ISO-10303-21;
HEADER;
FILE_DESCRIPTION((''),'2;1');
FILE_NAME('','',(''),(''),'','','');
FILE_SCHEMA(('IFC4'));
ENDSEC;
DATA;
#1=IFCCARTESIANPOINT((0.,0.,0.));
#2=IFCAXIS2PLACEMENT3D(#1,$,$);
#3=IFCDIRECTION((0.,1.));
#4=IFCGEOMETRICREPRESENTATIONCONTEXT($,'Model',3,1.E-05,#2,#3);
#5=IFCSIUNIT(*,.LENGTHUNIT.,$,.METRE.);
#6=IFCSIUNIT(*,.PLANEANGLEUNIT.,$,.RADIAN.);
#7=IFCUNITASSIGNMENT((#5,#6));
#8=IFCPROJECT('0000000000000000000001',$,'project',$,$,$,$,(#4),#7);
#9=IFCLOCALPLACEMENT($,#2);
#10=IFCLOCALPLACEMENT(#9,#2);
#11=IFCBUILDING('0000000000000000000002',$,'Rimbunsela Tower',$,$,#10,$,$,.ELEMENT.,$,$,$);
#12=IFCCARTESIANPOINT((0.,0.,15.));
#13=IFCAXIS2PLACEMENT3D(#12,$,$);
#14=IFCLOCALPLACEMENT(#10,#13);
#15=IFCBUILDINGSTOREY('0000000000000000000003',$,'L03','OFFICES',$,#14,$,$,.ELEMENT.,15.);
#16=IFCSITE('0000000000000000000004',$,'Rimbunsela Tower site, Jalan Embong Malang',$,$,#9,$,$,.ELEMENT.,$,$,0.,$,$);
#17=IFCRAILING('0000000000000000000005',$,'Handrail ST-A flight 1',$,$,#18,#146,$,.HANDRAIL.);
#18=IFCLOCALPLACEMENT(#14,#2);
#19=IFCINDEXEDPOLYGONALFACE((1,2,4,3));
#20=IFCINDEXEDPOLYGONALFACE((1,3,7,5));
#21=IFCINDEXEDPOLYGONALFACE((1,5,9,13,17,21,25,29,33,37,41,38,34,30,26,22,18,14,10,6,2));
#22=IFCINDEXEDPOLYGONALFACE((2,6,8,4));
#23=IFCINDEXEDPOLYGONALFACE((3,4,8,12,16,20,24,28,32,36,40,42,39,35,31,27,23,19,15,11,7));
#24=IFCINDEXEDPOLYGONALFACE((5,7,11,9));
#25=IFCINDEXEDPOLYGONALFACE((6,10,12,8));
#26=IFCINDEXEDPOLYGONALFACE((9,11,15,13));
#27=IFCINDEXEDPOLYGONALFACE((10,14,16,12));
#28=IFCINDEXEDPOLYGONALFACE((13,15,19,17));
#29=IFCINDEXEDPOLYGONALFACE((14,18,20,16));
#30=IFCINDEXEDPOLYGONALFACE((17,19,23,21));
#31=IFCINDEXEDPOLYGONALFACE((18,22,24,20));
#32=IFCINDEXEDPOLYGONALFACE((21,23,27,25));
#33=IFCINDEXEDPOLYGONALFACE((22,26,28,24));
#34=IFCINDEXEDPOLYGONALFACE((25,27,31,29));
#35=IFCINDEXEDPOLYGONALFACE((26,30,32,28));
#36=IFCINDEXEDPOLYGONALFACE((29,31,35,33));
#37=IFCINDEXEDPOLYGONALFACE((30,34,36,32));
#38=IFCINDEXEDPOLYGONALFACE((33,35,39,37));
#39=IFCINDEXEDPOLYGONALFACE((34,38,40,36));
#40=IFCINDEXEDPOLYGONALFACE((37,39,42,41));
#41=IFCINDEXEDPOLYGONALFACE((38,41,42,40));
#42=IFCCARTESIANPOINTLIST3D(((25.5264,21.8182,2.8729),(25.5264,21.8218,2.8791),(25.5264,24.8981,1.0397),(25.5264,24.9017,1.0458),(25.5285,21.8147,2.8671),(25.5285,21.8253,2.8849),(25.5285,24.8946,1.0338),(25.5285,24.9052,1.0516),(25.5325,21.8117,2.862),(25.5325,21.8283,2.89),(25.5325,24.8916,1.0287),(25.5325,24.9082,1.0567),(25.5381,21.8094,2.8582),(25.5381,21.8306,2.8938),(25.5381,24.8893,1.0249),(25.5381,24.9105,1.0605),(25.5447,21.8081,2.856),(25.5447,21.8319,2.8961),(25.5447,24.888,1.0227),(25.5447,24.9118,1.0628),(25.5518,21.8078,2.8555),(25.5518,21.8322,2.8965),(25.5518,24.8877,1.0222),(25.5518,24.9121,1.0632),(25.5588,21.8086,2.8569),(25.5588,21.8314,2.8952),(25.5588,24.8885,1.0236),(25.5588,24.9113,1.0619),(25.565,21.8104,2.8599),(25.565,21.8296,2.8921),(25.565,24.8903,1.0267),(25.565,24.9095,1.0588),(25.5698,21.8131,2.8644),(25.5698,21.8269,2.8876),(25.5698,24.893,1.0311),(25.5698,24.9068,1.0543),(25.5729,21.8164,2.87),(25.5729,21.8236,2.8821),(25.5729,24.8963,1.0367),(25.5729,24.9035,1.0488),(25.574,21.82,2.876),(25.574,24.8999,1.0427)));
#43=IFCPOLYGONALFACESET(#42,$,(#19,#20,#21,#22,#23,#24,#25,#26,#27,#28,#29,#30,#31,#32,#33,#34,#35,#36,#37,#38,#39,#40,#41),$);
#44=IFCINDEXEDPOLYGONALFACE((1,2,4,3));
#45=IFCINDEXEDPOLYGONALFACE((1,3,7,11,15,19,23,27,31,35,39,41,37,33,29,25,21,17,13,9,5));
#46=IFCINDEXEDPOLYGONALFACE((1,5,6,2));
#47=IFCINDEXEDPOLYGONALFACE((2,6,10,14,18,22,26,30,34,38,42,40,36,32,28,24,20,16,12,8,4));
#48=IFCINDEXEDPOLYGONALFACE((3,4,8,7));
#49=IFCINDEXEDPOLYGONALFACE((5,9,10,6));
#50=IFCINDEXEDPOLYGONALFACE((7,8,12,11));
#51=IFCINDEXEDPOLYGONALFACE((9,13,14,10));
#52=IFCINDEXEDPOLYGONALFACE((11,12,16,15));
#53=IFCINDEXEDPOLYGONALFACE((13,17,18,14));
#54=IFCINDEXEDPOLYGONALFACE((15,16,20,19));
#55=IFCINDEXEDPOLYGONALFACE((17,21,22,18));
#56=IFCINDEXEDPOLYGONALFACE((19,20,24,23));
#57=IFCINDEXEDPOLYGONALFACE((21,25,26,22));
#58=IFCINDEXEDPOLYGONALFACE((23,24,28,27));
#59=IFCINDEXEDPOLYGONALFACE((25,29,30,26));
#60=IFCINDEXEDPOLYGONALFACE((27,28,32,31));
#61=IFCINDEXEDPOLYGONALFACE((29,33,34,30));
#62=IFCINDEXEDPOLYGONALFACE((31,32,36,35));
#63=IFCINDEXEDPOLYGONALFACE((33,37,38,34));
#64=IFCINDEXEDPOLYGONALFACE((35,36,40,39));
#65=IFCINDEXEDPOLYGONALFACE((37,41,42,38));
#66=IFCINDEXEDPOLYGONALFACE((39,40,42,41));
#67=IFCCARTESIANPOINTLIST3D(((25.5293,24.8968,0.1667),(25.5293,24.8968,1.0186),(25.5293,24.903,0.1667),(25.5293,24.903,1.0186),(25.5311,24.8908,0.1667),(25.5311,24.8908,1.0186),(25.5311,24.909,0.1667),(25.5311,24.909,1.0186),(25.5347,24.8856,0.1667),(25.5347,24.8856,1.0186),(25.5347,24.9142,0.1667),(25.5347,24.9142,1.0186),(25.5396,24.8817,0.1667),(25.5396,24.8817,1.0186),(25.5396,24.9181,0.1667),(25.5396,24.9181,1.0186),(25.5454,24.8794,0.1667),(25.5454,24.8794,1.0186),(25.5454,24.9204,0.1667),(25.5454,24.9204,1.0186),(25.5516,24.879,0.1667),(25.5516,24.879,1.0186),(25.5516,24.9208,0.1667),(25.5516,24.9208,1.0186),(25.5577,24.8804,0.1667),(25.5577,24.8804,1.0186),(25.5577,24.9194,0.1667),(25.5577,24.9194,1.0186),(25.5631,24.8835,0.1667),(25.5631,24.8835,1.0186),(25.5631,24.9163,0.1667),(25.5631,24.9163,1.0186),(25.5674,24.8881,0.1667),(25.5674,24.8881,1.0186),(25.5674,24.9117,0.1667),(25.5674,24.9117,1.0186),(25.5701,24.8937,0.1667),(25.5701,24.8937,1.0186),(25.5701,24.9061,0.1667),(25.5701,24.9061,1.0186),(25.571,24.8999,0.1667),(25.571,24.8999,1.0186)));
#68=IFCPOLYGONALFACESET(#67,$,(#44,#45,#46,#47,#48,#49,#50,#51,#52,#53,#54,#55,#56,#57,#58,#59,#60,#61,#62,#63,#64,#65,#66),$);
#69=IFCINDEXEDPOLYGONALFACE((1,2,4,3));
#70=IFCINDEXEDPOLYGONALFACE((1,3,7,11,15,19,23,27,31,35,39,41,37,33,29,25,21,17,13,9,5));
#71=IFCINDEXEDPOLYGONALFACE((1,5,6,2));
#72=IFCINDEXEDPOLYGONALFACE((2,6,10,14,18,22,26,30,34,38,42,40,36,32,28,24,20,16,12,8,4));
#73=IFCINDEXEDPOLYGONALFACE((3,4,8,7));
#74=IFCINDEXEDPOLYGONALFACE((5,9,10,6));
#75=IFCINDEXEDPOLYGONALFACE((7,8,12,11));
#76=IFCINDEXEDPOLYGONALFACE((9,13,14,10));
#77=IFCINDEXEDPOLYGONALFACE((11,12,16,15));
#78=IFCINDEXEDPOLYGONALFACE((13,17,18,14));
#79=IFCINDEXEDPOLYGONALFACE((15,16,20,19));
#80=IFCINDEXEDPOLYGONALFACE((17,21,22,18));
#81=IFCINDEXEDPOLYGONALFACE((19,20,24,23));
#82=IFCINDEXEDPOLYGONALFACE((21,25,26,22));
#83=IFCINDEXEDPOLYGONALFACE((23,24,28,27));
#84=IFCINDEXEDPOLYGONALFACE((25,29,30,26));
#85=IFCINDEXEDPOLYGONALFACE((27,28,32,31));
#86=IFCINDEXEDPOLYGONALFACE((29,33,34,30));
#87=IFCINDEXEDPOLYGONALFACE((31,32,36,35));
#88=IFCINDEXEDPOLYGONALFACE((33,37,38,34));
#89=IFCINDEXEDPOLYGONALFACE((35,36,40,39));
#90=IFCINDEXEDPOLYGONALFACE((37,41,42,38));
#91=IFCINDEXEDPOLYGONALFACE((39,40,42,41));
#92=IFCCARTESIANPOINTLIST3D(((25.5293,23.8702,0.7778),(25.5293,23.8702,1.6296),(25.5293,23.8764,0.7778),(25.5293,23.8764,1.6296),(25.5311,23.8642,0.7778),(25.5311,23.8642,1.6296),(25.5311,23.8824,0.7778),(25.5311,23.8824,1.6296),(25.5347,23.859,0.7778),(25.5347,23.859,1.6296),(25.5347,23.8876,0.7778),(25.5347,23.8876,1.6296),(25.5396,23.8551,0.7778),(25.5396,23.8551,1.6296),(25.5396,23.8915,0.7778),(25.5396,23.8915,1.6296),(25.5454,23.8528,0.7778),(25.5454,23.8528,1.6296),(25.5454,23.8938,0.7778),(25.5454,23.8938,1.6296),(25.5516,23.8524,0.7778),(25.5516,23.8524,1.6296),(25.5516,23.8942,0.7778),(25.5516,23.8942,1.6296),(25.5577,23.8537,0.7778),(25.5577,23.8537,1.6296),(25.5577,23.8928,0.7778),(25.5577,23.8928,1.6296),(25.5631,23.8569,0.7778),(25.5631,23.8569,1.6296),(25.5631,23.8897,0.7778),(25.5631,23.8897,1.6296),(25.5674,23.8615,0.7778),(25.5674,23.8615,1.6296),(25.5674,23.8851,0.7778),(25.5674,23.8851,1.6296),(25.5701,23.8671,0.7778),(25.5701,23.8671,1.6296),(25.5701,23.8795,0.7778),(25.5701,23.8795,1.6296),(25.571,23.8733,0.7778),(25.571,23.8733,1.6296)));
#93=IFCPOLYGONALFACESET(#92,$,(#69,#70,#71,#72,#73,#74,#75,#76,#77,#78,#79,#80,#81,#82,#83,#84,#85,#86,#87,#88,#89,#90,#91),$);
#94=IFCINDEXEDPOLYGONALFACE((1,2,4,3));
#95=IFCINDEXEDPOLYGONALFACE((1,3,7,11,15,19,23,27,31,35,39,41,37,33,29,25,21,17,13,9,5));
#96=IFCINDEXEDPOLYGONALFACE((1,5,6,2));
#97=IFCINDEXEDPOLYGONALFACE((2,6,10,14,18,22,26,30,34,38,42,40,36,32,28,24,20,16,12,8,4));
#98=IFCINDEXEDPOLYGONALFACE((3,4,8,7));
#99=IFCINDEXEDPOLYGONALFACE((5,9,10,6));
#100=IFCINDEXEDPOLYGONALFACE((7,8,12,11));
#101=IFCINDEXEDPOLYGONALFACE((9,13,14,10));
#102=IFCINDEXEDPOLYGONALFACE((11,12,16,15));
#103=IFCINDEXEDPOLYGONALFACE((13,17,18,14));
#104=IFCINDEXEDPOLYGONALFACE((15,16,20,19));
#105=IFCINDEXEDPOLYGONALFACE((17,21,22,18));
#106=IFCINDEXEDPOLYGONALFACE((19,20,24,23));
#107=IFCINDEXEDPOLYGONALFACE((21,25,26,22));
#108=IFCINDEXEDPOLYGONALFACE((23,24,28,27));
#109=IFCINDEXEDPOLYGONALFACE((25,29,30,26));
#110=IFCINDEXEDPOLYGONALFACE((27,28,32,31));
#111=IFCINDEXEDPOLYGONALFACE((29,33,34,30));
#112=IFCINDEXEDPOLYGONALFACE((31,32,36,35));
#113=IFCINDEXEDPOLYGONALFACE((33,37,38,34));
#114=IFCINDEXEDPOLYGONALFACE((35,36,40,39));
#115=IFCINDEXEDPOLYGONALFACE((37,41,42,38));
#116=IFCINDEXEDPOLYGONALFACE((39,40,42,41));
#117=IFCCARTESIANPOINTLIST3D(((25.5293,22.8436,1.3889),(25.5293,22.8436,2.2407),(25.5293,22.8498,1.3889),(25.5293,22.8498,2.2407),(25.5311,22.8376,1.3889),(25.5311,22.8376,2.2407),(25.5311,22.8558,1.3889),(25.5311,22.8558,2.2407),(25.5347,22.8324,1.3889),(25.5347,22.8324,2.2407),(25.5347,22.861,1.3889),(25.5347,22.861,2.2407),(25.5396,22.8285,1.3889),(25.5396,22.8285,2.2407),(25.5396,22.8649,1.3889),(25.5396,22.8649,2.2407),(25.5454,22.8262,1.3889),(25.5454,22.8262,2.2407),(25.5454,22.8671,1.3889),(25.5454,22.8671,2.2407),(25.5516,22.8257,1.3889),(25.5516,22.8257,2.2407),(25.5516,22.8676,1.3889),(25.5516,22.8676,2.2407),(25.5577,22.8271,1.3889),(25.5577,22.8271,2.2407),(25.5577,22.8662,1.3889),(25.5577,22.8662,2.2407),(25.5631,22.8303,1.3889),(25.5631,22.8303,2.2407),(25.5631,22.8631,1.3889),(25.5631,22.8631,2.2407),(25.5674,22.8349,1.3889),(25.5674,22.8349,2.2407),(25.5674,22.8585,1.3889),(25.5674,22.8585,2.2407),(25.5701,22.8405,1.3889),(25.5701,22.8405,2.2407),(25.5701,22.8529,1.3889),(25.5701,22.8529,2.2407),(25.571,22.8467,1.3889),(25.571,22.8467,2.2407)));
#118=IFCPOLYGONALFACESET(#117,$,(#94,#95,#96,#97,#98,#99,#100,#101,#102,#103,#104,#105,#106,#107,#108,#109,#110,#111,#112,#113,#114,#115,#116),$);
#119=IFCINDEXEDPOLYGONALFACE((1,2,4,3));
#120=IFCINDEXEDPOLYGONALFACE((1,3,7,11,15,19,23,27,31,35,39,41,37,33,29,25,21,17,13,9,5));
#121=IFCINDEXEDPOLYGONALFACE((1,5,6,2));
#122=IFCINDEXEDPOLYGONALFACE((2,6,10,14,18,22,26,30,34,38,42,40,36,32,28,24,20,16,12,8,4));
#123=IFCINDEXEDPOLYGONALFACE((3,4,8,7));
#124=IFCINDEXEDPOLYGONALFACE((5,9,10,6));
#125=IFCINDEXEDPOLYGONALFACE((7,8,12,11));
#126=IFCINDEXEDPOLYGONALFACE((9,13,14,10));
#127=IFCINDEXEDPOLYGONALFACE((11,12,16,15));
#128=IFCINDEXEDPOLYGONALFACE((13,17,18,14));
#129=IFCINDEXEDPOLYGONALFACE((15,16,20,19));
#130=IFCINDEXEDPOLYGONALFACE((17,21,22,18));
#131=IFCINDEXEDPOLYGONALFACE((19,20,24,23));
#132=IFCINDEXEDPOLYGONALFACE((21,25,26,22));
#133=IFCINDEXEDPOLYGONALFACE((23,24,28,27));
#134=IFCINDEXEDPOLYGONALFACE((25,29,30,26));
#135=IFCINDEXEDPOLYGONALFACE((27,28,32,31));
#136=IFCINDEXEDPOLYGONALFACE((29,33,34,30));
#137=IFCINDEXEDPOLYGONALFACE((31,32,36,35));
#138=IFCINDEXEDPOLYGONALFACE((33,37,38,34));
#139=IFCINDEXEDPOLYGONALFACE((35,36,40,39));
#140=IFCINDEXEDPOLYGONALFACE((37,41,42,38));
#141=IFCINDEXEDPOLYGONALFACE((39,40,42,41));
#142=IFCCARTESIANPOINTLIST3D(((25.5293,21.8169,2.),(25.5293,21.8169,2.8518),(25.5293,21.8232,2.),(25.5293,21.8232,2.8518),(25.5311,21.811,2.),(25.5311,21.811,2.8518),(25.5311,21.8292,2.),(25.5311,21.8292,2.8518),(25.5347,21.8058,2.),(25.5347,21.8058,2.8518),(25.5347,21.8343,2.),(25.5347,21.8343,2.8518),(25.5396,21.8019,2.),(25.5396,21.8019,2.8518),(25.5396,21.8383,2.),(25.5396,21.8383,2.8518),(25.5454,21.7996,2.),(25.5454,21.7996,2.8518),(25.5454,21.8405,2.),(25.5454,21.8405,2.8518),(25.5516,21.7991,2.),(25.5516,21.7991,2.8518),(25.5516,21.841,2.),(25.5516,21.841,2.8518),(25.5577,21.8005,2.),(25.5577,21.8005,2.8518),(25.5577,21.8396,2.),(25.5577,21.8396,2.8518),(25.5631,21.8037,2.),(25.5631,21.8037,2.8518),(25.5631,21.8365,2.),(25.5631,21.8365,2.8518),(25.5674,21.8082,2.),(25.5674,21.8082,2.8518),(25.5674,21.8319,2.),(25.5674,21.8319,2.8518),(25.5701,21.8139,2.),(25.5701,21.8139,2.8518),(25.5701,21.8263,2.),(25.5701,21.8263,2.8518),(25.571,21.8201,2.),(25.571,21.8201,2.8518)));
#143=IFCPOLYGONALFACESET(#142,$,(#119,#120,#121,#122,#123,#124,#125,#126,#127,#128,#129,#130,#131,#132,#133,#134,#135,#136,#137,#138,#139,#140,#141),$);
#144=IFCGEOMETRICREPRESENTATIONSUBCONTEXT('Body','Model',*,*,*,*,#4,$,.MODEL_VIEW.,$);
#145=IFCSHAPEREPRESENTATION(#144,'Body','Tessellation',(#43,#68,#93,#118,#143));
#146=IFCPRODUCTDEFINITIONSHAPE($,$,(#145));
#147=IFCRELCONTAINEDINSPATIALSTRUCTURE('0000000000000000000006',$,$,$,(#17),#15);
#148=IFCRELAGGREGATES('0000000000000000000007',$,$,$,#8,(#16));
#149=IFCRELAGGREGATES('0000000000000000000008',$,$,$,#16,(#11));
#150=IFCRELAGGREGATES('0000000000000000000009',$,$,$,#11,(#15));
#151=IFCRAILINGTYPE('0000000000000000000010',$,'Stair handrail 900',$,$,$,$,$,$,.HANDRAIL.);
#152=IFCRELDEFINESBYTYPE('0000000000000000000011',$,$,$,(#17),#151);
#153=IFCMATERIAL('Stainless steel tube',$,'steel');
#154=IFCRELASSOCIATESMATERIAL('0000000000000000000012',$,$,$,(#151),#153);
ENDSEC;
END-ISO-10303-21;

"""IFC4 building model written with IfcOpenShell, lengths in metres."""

from ifc_helpers import new_model, si_unit, direction, frame, origin, origin_2d, place, context, subcontext, project, spatial, circle, extrude, material, type_object, element, save


model = new_model("IFC4")

# Units and contexts
model_context = context("Model", 3, precision=1e-05, world=origin(), true_north=direction((0.0, 1.0)))
body_context = subcontext(model_context, "Body", "Model", "MODEL_VIEW")
ifc_project = project(units=[si_unit("LENGTHUNIT", "METRE"), si_unit("PLANEANGLEUNIT", "RADIAN")], contexts=[model_context])

# Site, building, storey
site_placement = place(None, origin())
site = spatial("IfcSite", under=ifc_project, at=site_placement, Name="Rimbunsela Tower site, Jalan Embong Malang", CompositionType="ELEMENT", RefElevation=0.0)
building_placement = place(site_placement, origin())
building = spatial("IfcBuilding", under=site, at=building_placement, Name="Rimbunsela Tower", CompositionType="ELEMENT")
storey_placement = place(building_placement, frame((0.0, 0.0, 15.0)))
storey = spatial("IfcBuildingStorey", under=building, at=storey_placement, Name="L03", Description="OFFICES", CompositionType="ELEMENT", Elevation=15.0)

# Railing
ifc_material_1 = material(Name="Stainless steel tube", Category="steel")
railing_type = type_object("IfcRailingType", Name="Stair handrail 900", PredefinedType="HANDRAIL", material=ifc_material_1)
railing_1_placement = place(storey_placement, frame((25.55, 24.8999, 0.1667)))
element("IfcRailing", 1, at=railing_1_placement, inside=storey, type_object=railing_type, Name="Handrail ST-A flight 1", PredefinedType="HANDRAIL", context=body_context, shape_type="SweptSolid", body=[
    extrude(circle(Radius=0.0239, at=origin_2d()), frame((0.0, 0.0, 0.876), z_axis=(0.0, -0.859291, 0.511487), x_axis=(1.0, 0.0, 0.0)), (0.0, 0.0, 1.0), 3.5842),
    extrude(circle(Radius=0.021, at=origin_2d()), origin(), (0.0, 0.0, 1.0), 0.8518),
    extrude(circle(Radius=0.021, at=origin_2d()), frame((0.0, -1.0266, 0.6111)), (0.0, 0.0, 1.0), 0.8518),
    extrude(circle(Radius=0.021, at=origin_2d()), frame((0.0, -2.0532, 1.2222)), (0.0, 0.0, 1.0), 0.8518),
    extrude(circle(Radius=0.021, at=origin_2d()), frame((0.0, -3.0798, 1.8333)), (0.0, 0.0, 1.0), 0.8518),
])

save(model, "model.ifc")
